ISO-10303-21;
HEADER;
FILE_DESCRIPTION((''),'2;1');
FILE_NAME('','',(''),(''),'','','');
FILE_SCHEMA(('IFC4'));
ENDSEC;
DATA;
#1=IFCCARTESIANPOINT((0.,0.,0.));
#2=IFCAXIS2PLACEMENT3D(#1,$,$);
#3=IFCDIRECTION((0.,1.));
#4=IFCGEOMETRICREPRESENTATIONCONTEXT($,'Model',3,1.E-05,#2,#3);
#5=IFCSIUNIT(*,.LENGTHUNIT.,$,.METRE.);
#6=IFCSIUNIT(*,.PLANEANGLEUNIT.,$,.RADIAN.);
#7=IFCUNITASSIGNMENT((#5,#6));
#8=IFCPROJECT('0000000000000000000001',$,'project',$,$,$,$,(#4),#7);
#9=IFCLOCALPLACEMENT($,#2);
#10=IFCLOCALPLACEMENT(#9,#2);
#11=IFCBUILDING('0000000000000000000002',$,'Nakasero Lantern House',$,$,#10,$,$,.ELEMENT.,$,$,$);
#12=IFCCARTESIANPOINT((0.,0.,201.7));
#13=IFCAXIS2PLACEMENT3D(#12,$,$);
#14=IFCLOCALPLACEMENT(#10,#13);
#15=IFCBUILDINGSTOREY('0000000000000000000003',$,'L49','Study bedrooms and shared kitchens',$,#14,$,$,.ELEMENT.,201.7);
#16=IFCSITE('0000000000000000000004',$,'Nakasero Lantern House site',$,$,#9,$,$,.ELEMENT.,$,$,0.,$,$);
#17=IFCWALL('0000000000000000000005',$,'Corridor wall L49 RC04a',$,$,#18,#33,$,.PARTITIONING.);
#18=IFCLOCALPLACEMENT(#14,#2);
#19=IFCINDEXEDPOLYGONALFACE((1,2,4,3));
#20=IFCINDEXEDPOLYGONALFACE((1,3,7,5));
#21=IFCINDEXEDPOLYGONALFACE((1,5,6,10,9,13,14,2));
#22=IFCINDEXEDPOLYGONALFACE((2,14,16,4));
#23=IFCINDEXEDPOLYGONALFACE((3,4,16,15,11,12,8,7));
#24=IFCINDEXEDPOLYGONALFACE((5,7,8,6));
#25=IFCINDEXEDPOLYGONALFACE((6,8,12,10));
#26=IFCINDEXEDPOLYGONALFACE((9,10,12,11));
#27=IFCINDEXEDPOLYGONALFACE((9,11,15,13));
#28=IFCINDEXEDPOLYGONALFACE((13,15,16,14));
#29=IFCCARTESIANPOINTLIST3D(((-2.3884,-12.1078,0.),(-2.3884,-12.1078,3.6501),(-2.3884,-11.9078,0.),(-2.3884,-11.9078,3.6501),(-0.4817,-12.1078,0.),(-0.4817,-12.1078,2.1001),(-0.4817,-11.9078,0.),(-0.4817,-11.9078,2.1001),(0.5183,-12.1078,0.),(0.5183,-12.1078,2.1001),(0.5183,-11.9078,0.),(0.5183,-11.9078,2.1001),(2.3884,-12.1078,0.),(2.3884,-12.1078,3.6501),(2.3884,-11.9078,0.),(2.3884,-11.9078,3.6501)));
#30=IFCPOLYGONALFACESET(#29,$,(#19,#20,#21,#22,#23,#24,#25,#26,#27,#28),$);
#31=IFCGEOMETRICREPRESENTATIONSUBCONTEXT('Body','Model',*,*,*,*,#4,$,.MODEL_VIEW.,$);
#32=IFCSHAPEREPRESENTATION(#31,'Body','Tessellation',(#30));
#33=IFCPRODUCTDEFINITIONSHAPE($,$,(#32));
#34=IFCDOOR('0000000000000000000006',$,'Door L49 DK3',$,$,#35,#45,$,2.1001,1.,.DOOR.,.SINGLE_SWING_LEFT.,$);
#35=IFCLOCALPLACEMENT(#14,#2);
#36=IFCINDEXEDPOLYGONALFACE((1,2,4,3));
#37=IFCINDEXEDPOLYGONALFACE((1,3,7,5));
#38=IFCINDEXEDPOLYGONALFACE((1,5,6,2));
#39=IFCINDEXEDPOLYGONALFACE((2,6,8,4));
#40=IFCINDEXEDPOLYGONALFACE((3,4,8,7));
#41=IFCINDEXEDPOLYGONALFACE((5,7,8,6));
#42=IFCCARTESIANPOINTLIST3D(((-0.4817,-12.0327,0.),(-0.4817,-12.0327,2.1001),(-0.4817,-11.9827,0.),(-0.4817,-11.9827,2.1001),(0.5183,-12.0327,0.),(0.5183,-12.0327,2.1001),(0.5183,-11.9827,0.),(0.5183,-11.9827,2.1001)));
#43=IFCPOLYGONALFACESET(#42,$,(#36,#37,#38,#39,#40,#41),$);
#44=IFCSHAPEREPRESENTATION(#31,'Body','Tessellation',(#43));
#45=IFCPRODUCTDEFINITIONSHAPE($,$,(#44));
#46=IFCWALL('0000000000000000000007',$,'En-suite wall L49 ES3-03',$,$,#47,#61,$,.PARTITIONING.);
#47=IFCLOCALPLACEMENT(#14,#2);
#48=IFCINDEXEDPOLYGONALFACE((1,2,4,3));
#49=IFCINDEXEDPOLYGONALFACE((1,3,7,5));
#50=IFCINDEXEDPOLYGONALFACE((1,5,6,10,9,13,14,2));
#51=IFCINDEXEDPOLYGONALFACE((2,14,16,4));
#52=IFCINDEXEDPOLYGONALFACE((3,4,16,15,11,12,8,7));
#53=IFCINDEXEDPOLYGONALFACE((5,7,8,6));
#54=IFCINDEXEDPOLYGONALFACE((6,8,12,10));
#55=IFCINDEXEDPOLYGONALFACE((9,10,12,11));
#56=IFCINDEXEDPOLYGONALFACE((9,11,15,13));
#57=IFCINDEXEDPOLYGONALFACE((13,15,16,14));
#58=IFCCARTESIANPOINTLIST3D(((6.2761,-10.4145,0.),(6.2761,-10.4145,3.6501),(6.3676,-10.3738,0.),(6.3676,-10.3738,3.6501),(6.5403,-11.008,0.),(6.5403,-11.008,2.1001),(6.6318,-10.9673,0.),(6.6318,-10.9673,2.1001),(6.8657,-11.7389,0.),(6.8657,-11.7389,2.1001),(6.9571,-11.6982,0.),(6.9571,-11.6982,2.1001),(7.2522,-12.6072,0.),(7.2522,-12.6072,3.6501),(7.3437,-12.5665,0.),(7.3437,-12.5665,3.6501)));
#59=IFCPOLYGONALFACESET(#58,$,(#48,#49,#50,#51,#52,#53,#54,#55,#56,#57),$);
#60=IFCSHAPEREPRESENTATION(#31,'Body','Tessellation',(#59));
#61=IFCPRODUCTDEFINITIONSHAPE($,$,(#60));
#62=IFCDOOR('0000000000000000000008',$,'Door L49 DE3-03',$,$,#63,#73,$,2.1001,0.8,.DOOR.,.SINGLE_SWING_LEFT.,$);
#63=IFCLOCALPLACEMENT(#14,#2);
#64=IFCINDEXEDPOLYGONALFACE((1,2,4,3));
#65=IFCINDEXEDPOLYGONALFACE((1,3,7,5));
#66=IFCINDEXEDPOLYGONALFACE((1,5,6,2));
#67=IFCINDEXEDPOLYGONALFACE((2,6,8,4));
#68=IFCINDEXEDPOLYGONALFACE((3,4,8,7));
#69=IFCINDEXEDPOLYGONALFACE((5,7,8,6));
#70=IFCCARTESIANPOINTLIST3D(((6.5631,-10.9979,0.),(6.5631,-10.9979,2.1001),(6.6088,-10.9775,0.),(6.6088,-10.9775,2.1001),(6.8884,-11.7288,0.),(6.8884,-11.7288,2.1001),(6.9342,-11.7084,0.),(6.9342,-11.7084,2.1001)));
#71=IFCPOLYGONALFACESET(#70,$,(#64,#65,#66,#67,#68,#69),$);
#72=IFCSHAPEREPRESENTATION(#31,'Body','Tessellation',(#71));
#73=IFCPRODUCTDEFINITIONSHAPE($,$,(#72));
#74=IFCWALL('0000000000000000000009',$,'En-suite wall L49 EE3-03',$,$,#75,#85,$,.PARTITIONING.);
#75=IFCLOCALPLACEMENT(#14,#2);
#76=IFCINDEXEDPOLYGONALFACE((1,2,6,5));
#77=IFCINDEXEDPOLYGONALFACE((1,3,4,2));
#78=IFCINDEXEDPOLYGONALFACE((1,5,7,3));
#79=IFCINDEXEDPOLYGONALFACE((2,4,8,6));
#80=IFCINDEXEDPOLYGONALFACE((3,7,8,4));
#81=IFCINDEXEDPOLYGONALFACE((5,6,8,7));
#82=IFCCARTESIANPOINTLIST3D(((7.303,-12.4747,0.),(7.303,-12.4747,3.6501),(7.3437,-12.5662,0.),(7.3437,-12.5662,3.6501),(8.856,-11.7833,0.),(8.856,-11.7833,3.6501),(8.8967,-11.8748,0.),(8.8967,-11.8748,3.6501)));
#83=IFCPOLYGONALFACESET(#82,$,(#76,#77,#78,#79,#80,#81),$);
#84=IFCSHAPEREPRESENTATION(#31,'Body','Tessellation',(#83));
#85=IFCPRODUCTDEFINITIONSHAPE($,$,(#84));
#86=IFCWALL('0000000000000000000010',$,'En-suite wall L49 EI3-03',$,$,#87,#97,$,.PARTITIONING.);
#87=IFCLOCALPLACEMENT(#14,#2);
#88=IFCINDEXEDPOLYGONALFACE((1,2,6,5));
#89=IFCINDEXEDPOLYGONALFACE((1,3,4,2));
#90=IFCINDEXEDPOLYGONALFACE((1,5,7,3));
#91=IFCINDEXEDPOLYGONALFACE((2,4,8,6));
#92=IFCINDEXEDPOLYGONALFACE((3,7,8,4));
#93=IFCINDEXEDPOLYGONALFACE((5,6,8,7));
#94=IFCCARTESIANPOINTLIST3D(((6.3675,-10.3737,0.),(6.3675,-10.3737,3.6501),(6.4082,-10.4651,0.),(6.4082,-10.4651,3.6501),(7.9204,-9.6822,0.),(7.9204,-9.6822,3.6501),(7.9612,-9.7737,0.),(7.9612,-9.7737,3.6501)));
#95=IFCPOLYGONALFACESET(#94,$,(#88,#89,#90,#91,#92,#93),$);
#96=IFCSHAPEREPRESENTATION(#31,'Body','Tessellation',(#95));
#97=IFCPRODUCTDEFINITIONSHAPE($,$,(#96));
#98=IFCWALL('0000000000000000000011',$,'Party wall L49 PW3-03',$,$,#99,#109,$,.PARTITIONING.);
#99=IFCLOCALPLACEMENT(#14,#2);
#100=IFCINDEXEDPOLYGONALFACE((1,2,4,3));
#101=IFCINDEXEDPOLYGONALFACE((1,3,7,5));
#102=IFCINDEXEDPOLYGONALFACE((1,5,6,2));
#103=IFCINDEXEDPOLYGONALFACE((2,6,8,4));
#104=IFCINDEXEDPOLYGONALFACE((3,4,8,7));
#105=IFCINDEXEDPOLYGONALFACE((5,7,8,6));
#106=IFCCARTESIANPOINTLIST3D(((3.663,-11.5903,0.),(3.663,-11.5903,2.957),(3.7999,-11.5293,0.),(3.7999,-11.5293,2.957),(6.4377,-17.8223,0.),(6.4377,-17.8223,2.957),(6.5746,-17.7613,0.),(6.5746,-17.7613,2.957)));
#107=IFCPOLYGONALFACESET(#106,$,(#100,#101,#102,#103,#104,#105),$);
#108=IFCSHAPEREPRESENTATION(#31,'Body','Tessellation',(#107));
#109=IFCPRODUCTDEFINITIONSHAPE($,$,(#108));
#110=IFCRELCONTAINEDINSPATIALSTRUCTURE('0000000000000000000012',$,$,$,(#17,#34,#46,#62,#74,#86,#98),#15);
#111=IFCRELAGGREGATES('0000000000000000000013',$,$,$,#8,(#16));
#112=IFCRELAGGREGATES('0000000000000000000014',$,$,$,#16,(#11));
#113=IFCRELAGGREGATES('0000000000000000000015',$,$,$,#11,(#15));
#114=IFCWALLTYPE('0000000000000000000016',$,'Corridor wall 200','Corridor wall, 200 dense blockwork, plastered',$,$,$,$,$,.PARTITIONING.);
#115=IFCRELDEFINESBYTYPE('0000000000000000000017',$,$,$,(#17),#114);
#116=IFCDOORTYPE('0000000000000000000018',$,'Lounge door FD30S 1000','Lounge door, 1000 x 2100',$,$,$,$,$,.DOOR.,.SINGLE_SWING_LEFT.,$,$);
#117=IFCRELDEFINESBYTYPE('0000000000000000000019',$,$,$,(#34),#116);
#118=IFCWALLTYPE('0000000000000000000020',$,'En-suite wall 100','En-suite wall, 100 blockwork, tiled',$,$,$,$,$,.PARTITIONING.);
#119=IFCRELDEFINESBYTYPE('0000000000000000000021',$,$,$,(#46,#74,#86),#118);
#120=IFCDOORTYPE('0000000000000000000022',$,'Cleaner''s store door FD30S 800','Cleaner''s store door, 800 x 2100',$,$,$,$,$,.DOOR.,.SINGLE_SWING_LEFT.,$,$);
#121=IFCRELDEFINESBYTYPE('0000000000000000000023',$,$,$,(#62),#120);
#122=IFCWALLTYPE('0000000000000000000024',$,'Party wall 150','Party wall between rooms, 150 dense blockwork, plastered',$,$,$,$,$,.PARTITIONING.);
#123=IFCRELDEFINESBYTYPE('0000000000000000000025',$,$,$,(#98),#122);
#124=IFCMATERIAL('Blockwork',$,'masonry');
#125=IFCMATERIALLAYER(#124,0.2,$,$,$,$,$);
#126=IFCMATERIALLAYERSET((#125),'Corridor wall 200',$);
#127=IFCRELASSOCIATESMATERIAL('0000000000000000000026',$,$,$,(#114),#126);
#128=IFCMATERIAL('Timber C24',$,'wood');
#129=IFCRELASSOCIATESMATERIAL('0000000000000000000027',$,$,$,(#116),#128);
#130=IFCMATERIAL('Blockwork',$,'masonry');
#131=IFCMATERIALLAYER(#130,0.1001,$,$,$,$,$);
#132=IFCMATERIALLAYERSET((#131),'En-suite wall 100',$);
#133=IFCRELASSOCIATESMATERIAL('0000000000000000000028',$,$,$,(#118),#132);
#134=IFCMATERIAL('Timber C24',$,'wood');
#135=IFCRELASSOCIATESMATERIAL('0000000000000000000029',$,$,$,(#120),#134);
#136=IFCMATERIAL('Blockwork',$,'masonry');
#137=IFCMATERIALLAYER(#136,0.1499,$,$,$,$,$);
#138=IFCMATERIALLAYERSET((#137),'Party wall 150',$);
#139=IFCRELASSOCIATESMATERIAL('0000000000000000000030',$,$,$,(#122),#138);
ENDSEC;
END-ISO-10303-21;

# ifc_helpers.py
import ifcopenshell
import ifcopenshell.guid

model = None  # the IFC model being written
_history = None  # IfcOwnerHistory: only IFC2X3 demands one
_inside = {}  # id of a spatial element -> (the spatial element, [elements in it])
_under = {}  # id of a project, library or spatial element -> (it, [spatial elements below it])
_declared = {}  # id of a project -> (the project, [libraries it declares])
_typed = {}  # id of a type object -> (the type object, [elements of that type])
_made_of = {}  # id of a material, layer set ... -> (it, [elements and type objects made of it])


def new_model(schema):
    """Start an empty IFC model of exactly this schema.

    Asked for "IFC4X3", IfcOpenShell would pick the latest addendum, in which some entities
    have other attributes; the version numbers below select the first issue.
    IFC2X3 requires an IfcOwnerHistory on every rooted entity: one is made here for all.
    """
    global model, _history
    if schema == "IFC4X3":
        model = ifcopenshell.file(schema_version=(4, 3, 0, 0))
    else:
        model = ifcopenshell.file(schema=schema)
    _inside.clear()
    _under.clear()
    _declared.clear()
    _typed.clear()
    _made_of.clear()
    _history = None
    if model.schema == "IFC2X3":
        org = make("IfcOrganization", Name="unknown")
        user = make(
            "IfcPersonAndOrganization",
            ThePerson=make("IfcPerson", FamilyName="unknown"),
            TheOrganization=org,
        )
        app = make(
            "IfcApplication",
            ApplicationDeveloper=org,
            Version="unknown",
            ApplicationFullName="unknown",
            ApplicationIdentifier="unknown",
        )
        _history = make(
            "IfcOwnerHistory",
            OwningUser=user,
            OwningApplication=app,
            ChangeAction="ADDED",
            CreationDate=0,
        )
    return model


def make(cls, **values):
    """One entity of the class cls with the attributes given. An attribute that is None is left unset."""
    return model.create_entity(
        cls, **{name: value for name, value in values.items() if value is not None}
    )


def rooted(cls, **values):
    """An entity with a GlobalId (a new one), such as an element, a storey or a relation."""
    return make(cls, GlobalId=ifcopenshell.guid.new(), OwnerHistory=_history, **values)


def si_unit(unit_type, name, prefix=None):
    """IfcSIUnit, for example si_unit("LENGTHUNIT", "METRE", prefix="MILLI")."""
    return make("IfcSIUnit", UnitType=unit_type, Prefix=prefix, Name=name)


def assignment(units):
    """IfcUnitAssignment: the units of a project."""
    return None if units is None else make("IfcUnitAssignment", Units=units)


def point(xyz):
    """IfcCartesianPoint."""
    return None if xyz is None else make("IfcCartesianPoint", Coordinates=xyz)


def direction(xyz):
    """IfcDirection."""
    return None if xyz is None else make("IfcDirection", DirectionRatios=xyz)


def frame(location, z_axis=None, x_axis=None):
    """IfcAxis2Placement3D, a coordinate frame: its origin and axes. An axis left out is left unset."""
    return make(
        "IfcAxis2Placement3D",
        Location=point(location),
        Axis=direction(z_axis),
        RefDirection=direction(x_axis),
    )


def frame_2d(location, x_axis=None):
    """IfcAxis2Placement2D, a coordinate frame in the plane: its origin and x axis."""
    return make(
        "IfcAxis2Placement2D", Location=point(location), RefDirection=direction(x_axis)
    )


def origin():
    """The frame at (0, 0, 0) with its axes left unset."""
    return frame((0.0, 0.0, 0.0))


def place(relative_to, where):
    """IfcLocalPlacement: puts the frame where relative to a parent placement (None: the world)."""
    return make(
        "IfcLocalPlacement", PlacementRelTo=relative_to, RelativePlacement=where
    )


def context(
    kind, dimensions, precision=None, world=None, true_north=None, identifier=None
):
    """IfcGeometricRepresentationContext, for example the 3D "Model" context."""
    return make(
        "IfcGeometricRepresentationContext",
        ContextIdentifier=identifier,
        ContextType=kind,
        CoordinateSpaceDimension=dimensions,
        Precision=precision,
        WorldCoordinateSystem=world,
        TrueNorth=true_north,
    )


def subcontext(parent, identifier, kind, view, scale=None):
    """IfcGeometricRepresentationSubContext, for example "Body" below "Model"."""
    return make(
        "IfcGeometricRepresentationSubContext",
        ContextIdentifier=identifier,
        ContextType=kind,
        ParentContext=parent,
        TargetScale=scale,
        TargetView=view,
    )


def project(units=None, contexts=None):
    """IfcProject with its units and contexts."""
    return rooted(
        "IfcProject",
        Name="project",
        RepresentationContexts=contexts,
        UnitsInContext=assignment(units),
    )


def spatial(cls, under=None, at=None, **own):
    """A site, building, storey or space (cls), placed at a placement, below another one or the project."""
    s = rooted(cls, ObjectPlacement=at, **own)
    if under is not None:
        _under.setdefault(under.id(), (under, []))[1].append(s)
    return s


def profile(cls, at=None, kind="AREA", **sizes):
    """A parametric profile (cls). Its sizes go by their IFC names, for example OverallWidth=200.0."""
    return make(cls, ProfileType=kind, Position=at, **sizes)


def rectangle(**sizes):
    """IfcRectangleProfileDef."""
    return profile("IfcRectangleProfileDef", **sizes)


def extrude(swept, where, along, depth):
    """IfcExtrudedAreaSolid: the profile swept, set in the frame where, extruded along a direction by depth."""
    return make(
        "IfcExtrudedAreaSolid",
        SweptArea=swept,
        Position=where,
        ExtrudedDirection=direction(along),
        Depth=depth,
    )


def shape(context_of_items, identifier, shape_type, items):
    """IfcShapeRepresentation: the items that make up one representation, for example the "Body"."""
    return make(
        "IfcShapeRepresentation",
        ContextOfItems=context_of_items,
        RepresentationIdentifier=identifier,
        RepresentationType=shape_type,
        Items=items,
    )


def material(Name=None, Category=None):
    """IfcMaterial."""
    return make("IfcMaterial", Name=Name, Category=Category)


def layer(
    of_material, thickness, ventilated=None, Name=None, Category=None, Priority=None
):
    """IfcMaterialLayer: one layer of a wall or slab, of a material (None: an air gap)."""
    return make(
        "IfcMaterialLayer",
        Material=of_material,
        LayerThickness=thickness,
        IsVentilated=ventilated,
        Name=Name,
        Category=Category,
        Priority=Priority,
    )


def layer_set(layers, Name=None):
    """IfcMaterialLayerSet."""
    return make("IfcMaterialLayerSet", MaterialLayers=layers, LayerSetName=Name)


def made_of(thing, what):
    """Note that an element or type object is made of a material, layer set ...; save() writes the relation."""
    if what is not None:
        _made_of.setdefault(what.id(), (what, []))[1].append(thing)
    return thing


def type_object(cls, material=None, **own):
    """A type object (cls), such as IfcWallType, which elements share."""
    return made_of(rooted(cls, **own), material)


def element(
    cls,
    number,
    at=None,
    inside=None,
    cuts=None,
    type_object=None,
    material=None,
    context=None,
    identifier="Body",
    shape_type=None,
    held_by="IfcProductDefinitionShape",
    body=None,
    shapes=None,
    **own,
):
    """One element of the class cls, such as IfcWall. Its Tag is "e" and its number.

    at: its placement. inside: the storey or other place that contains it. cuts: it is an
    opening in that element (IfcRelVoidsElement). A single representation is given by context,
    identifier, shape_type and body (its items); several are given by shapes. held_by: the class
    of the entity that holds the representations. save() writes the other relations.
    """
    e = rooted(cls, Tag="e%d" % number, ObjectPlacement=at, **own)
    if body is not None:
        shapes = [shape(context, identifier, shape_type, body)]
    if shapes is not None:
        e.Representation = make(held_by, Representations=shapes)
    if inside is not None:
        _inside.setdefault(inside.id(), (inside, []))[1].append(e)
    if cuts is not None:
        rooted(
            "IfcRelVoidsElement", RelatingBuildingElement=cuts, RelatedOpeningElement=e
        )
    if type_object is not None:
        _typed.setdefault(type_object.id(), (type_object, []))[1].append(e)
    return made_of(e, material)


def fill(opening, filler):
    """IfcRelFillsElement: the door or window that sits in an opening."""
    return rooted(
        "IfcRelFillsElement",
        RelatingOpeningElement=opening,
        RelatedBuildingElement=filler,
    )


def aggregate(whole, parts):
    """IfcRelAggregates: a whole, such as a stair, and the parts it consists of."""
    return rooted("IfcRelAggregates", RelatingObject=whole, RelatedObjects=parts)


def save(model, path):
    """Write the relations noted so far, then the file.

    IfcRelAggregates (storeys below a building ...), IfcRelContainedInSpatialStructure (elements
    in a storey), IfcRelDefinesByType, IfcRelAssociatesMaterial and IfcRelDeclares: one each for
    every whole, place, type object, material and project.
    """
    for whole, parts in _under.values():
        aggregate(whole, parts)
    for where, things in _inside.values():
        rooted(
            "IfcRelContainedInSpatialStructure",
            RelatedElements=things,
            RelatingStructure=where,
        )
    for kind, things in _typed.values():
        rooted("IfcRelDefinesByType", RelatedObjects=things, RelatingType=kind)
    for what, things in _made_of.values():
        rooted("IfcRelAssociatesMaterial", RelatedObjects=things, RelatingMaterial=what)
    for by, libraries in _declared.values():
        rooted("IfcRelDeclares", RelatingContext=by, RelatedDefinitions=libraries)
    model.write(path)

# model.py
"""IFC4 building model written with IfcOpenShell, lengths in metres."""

from ifc_helpers import new_model, si_unit, direction, frame, frame_2d, origin, place, context, subcontext, project, spatial, rectangle, extrude, material, layer, layer_set, type_object, element, fill, save


model = new_model("IFC4")

# Units and contexts
model_context = context("Model", 3, precision=1e-05, world=origin(), true_north=direction((0.0, 1.0)))
body_context = subcontext(model_context, "Body", "Model", "MODEL_VIEW")
ifc_project = project(units=[si_unit("LENGTHUNIT", "METRE"), si_unit("PLANEANGLEUNIT", "RADIAN")], contexts=[model_context])

# Site, building, storey
site_placement = place(None, origin())
site = spatial("IfcSite", under=ifc_project, at=site_placement, Name="Nakasero Lantern House site", CompositionType="ELEMENT", RefElevation=0.0)
building_placement = place(site_placement, origin())
building = spatial("IfcBuilding", under=site, at=building_placement, Name="Nakasero Lantern House", CompositionType="ELEMENT")
storey_placement = place(building_placement, frame((0.0, 0.0, 201.7)))
storey = spatial("IfcBuildingStorey", under=building, at=storey_placement, Name="L49", Description="Study bedrooms and shared kitchens", CompositionType="ELEMENT", Elevation=201.7)

# Walls, openings, doors
ifc_material_1 = material(Name="Blockwork", Category="masonry")
ifc_layer_1 = layer(ifc_material_1, 0.2)
ifc_layer_set_1 = layer_set([ifc_layer_1], Name="Corridor wall 200")
wall_type_1 = type_object("IfcWallType", Name="Corridor wall 200", Description="Corridor wall, 200 dense blockwork, plastered", PredefinedType="PARTITIONING", material=ifc_layer_set_1)
wall_1_placement = place(storey_placement, frame((2.3884, -12.0078, 0.0), z_axis=(0.0, 0.0, 1.0), x_axis=(-1.0, 0.0, 0.0)))
wall_1 = element("IfcWall", 1, at=wall_1_placement, inside=storey, type_object=wall_type_1, Name="Corridor wall L49 RC04a", PredefinedType="PARTITIONING", context=body_context, shape_type="SweptSolid", body=[
    extrude(rectangle(XDim=4.7769, YDim=0.2, at=frame_2d((2.3884, 0.0))), origin(), (0.0, 0.0, 1.0), 3.6501),
])
opening_1_placement = place(wall_1_placement, frame((1.8701, 0.0, 0.0)))
opening_1 = element("IfcOpeningElement", 2, at=opening_1_placement, cuts=wall_1, PredefinedType="OPENING", context=body_context, shape_type="SweptSolid", body=[
    extrude(rectangle(XDim=1.0, YDim=2.1001, at=frame_2d((0.5, 1.05))), frame((0.0, 0.1199, 0.0), z_axis=(0.0, -1.0, 0.0), x_axis=(1.0, 0.0, 0.0)), (0.0, 0.0, 1.0), 0.24),
])
ifc_material_2 = material(Name="Timber C24", Category="wood")
door_type_1 = type_object("IfcDoorType", Name="Lounge door FD30S 1000", Description="Lounge door, 1000 x 2100", OperationType="SINGLE_SWING_LEFT", PredefinedType="DOOR", material=ifc_material_2)
door_1_placement = place(opening_1_placement, origin())
door_1 = element("IfcDoor", 3, at=door_1_placement, inside=storey, type_object=door_type_1, Name="Door L49 DK3", OperationType="SINGLE_SWING_LEFT", OverallHeight=2.1001, OverallWidth=1.0, PredefinedType="DOOR", context=body_context, shape_type="SweptSolid", body=[
    extrude(rectangle(XDim=1.0, YDim=2.1001, at=frame_2d((0.5, 1.05))), frame((0.0, 0.0249, 0.0), z_axis=(0.0, -1.0, 0.0), x_axis=(1.0, 0.0, 0.0)), (0.0, 0.0, 1.0), 0.05),
])
fill(opening_1, door_1)
ifc_material_3 = material(Name="Blockwork", Category="masonry")
ifc_layer_2 = layer(ifc_material_3, 0.1001)
ifc_layer_set_2 = layer_set([ifc_layer_2], Name="En-suite wall 100")
wall_type_2 = type_object("IfcWallType", Name="En-suite wall 100", Description="En-suite wall, 100 blockwork, tiled", PredefinedType="PARTITIONING", material=ifc_layer_set_2)
wall_2_placement = place(storey_placement, frame((6.3218, -10.394, 0.0), z_axis=(0.0, 0.0, 1.0), x_axis=(0.406686, -0.913568, 0.0)))
wall_2 = element("IfcWall", 4, at=wall_2_placement, inside=storey, type_object=wall_type_2, Name="En-suite wall L49 ES3-03", PredefinedType="PARTITIONING", context=body_context, shape_type="SweptSolid", body=[
    extrude(rectangle(XDim=2.4001, YDim=0.1001, at=frame_2d((1.2002, 0.0))), origin(), (0.0, 0.0, 1.0), 3.6501),
])
opening_2_placement = place(wall_2_placement, frame((0.6499, 0.0, 0.0)))
opening_2 = element("IfcOpeningElement", 5, at=opening_2_placement, cuts=wall_2, PredefinedType="OPENING", context=body_context, shape_type="SweptSolid", body=[
    extrude(rectangle(XDim=0.8, YDim=2.1001, at=frame_2d((0.3999, 1.05))), frame((0.0, 0.0701, 0.0), z_axis=(0.0, -1.0, 0.0), x_axis=(1.0, 0.0, 0.0)), (0.0, 0.0, 1.0), 0.1401),
])
ifc_material_4 = material(Name="Timber C24", Category="wood")
door_type_2 = type_object("IfcDoorType", Name="Cleaner's store door FD30S 800", Description="Cleaner's store door, 800 x 2100", OperationType="SINGLE_SWING_LEFT", PredefinedType="DOOR", material=ifc_material_4)
door_2_placement = place(opening_2_placement, origin())
door_2 = element("IfcDoor", 6, at=door_2_placement, inside=storey, type_object=door_type_2, Name="Door L49 DE3-03", OperationType="SINGLE_SWING_LEFT", OverallHeight=2.1001, OverallWidth=0.8, PredefinedType="DOOR", context=body_context, shape_type="SweptSolid", body=[
    extrude(rectangle(XDim=0.8, YDim=2.1001, at=frame_2d((0.3999, 1.05))), frame((0.0, 0.0249, 0.0), z_axis=(0.0, -1.0, 0.0), x_axis=(1.0, 0.0, 0.0)), (0.0, 0.0, 1.0), 0.05),
])
fill(opening_2, door_2)

# Walls
for number, where, z_axis, x_axis, name in (
    (7, (7.3232, -12.5205, 0.0), (0.0, 0.0, 1.0), (0.913551, 0.406725, 0.0), "En-suite wall L49 EE3-03"),
    (8, (6.3877, -10.4194, 0.0), (0.0, 0.0, 1.0), (0.913551, 0.406725, 0.0), "En-suite wall L49 EI3-03"),
):
    element("IfcWall", number, at=place(storey_placement, frame(where, z_axis=z_axis, x_axis=x_axis)), inside=storey, type_object=wall_type_2, Name=name, PredefinedType="PARTITIONING", context=body_context, shape_type="SweptSolid", body=[
        extrude(rectangle(XDim=1.7, YDim=0.1001, at=frame_2d((0.8501, 0.0))), origin(), (0.0, 0.0, 1.0), 3.6501),
    ])
ifc_material_5 = material(Name="Blockwork", Category="masonry")
ifc_layer_3 = layer(ifc_material_5, 0.1499)
ifc_layer_set_3 = layer_set([ifc_layer_3], Name="Party wall 150")
wall_type_3 = type_object("IfcWallType", Name="Party wall 150", Description="Party wall between rooms, 150 dense blockwork, plastered", PredefinedType="PARTITIONING", material=ifc_layer_set_3)
wall_3_placement = place(storey_placement, frame((3.7314, -11.5598, 0.0), z_axis=(0.0, 0.0, 1.0), x_axis=(0.406739, -0.913544, 0.0)))
element("IfcWall", 9, at=wall_3_placement, inside=storey, type_object=wall_type_3, Name="Party wall L49 PW3-03", PredefinedType="PARTITIONING", context=body_context, shape_type="SweptSolid", body=[
    extrude(rectangle(XDim=6.8218, YDim=0.1499, at=frame_2d((3.4109, 0.0))), origin(), (0.0, 0.0, 1.0), 2.957),
])

save(model, "model.ifc")
